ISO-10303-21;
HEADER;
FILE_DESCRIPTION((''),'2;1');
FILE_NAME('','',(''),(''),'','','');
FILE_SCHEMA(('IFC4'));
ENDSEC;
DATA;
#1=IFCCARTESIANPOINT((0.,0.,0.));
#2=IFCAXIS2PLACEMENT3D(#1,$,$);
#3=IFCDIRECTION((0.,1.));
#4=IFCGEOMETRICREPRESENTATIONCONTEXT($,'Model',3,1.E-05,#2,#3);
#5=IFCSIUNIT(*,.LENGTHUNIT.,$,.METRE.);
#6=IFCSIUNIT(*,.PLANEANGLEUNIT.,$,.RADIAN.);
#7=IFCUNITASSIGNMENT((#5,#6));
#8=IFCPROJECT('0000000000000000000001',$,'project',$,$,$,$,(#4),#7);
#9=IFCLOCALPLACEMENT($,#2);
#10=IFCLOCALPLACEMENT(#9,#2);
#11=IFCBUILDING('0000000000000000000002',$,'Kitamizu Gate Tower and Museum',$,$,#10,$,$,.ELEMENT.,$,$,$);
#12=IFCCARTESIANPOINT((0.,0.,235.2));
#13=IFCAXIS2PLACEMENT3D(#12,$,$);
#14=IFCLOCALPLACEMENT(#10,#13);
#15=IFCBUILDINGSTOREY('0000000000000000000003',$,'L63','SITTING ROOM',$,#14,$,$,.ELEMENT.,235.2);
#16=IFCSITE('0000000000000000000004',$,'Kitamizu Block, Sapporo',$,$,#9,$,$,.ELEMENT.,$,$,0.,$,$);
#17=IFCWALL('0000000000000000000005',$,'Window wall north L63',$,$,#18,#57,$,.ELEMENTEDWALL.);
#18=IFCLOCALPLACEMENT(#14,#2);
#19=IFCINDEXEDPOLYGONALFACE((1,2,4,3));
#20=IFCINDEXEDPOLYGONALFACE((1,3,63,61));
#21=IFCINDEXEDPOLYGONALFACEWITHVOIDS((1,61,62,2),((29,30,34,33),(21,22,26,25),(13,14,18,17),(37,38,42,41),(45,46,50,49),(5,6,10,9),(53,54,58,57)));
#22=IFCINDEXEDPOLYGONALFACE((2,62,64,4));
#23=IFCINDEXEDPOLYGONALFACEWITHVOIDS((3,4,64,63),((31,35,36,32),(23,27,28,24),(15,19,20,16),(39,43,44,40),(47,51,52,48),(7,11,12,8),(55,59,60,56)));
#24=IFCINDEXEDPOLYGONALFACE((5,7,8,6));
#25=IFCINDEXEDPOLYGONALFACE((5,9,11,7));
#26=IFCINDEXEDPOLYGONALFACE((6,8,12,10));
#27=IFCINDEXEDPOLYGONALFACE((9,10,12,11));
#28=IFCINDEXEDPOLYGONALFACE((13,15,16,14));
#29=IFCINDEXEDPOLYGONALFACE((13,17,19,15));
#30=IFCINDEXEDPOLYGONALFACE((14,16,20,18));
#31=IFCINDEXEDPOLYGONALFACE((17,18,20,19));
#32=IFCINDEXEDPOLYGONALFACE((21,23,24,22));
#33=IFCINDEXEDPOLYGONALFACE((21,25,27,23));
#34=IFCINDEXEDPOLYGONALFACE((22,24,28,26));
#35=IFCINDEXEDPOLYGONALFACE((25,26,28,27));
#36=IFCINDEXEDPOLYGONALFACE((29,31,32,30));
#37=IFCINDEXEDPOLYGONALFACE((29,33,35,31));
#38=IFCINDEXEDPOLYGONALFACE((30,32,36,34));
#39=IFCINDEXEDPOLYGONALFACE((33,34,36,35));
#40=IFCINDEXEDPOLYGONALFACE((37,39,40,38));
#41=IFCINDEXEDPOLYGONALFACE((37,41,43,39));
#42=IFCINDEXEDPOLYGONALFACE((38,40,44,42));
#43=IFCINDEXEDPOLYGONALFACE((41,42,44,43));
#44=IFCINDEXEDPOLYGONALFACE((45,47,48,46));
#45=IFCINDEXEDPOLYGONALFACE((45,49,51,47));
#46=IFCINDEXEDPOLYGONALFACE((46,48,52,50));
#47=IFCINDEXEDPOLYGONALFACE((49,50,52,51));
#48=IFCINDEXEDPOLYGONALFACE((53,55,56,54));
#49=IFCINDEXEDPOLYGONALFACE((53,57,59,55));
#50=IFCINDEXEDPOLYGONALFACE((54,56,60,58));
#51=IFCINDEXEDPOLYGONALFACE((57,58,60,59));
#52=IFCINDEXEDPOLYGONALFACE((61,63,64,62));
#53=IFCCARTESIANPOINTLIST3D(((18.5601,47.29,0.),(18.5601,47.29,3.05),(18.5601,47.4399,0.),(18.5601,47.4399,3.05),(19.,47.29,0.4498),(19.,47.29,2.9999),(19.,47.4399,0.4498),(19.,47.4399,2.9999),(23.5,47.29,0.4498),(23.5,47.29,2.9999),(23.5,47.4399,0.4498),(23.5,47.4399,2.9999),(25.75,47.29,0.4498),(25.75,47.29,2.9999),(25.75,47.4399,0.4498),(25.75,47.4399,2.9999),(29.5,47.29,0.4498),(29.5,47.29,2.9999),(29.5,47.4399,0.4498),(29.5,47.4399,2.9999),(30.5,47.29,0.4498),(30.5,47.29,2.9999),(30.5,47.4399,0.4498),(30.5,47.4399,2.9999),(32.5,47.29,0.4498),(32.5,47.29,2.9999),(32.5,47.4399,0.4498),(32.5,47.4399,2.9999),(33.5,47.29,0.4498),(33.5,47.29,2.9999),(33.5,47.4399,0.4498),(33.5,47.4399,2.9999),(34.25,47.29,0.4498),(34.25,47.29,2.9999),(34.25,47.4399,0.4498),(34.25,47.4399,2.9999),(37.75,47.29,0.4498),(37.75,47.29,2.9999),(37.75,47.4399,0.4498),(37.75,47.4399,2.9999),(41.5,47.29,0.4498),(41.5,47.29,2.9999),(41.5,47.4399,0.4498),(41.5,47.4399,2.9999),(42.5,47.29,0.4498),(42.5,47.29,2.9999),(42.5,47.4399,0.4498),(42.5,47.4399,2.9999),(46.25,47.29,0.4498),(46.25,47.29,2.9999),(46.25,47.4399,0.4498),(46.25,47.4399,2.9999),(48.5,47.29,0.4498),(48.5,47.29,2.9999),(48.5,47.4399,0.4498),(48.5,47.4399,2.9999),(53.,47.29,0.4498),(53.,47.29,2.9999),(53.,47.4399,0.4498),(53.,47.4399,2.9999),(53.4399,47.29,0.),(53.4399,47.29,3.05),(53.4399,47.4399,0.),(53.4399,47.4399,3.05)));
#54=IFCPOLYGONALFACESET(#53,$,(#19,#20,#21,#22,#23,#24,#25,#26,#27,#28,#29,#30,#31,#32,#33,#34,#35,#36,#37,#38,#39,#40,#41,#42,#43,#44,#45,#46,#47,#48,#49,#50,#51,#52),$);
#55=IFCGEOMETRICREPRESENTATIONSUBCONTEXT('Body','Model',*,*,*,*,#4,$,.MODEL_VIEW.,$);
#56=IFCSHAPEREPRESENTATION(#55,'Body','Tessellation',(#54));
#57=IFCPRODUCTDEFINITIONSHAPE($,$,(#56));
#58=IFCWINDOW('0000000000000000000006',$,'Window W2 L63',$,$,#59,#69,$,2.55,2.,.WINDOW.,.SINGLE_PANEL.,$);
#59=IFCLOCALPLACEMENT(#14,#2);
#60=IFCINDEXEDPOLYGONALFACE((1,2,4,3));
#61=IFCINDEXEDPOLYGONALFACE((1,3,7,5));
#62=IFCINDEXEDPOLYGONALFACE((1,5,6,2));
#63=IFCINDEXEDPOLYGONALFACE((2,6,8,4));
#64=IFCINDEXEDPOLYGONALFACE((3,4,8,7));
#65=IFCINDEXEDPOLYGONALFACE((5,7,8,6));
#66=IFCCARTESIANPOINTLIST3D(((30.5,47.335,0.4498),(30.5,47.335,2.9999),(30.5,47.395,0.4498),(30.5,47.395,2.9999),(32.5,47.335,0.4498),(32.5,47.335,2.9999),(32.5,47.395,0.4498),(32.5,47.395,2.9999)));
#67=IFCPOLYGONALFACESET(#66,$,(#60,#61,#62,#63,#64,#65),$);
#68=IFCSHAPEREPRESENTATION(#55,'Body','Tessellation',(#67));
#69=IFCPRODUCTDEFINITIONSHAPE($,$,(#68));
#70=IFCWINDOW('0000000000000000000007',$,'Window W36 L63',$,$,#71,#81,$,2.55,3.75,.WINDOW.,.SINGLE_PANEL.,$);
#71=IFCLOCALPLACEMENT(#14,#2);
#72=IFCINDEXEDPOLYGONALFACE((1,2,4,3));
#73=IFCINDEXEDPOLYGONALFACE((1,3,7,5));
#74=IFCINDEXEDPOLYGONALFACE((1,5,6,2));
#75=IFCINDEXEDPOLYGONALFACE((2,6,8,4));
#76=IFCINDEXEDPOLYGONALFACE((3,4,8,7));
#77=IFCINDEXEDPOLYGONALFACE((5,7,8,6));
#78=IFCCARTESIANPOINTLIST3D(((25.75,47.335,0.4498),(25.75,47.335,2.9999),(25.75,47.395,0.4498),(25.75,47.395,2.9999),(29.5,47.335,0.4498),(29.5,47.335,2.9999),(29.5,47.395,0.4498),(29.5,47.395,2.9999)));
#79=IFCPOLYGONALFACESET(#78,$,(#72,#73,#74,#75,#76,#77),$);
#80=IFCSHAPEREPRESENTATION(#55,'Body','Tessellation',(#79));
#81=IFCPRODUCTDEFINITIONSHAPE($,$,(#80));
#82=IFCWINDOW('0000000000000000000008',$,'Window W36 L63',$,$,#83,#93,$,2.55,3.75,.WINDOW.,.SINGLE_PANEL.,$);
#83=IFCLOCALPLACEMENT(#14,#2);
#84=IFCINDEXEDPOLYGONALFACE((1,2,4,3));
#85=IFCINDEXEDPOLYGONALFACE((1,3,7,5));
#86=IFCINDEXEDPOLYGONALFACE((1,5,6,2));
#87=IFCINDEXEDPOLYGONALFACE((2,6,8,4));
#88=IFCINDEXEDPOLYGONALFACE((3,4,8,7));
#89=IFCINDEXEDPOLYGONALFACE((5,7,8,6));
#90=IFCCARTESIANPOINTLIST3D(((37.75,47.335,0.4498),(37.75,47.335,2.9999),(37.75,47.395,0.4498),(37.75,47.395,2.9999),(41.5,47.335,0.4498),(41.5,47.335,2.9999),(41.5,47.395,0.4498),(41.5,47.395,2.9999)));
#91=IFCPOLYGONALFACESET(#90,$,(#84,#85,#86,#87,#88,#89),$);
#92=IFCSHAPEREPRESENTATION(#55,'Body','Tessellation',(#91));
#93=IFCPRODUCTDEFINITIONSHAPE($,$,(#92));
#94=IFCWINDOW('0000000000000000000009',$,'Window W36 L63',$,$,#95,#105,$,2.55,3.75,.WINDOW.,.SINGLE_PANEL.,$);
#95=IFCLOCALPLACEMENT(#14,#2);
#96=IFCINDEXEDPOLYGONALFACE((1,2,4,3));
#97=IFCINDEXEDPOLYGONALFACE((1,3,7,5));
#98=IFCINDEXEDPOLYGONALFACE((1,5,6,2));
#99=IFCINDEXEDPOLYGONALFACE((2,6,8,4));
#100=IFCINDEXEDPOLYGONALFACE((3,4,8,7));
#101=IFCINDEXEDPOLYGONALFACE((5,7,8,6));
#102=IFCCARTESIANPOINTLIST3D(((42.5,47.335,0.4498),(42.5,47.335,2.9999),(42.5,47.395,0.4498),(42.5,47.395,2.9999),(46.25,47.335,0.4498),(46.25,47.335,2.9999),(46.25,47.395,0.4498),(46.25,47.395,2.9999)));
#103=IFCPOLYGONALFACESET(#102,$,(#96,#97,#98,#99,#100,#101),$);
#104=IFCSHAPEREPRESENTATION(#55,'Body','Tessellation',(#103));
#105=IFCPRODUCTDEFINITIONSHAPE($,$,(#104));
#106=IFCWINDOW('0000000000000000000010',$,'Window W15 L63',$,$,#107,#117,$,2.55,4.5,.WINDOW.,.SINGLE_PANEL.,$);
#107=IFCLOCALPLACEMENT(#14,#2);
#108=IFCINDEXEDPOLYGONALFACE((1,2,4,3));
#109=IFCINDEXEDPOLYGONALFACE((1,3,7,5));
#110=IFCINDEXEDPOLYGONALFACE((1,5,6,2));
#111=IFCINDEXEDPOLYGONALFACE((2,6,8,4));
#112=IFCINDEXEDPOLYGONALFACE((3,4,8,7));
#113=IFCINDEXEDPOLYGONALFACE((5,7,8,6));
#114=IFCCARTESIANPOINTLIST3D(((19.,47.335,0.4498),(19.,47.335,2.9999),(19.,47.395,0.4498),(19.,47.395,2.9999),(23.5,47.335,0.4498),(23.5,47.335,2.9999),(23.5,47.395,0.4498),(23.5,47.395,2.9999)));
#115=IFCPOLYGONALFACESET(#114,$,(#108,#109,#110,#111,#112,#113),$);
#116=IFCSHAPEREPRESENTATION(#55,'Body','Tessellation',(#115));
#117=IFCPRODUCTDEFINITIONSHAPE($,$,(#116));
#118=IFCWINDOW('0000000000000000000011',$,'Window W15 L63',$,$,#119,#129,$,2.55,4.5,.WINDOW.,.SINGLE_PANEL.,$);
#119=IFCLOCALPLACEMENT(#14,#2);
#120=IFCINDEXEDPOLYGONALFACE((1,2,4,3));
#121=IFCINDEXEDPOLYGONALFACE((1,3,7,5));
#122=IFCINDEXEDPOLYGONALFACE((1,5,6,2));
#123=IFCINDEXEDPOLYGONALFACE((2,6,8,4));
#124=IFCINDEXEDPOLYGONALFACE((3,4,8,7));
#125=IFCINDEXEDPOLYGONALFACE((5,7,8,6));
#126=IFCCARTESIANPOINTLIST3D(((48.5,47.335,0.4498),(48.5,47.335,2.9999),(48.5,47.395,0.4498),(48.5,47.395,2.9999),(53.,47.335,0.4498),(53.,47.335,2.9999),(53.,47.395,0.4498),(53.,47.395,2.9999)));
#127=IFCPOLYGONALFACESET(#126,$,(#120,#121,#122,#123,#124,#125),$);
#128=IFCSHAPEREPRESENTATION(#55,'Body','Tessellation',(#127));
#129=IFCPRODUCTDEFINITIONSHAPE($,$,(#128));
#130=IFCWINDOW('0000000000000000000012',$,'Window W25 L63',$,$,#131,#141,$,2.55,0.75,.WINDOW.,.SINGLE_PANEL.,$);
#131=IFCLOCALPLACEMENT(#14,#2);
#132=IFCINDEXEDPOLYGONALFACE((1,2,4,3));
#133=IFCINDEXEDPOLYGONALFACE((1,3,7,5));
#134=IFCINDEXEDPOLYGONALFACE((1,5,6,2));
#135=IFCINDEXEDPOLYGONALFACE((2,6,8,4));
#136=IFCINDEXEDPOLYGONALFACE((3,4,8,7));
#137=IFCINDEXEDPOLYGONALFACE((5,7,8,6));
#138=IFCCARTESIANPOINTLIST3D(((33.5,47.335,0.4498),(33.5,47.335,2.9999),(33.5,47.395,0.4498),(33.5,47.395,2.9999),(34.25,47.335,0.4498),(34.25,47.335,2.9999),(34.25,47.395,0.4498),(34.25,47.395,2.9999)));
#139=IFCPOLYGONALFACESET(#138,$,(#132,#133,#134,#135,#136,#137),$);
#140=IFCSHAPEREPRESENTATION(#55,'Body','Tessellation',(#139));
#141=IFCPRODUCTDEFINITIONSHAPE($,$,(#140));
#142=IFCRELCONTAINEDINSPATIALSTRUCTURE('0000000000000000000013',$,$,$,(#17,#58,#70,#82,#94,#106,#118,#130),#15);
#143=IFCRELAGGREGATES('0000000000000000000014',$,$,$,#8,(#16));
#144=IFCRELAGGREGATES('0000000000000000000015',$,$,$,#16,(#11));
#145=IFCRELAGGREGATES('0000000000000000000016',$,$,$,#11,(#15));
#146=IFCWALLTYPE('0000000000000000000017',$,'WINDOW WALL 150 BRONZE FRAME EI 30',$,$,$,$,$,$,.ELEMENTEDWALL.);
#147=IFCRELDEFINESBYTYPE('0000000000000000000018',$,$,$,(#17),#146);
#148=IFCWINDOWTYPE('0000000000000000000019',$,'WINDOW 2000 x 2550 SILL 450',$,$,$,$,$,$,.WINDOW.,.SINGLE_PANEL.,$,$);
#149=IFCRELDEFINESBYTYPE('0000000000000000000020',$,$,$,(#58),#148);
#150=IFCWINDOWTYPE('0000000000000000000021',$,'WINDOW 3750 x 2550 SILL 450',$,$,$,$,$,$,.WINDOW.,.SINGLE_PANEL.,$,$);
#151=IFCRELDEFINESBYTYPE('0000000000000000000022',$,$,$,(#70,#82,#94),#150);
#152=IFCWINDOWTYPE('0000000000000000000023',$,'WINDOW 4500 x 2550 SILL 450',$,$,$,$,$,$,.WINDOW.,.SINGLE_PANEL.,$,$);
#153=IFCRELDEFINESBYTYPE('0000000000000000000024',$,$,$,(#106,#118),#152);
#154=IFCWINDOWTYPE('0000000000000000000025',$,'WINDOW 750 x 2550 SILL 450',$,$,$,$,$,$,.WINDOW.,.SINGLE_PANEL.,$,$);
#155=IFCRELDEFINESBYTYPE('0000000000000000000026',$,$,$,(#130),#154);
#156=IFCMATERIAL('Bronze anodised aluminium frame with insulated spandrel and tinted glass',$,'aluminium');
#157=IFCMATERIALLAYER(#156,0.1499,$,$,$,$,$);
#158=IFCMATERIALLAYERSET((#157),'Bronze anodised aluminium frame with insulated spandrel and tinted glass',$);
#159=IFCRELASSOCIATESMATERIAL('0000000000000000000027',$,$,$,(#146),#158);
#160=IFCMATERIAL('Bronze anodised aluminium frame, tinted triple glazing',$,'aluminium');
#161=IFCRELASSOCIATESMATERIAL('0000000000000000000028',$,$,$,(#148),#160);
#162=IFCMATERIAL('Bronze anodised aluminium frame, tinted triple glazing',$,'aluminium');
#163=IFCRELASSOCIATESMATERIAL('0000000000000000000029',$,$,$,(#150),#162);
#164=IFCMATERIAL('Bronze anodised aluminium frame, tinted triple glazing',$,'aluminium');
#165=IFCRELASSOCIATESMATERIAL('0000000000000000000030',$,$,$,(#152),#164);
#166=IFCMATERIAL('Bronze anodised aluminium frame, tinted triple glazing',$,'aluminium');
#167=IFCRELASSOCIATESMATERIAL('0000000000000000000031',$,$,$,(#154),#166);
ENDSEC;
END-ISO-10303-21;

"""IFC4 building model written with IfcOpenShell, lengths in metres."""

from ifc_helpers import new_model, si_unit, direction, frame, frame_2d, origin, place, context, subcontext, project, spatial, rectangle, extrude, material, layer, layer_set, type_object, element, fill, save


model = new_model("IFC4")

# Units and contexts
model_context = context("Model", 3, precision=1e-05, world=origin(), true_north=direction((0.0, 1.0)))
body_context = subcontext(model_context, "Body", "Model", "MODEL_VIEW")
ifc_project = project(units=[si_unit("LENGTHUNIT", "METRE"), si_unit("PLANEANGLEUNIT", "RADIAN")], contexts=[model_context])

# Site, building, storey
site_placement = place(None, origin())
site = spatial("IfcSite", under=ifc_project, at=site_placement, Name="Kitamizu Block, Sapporo", CompositionType="ELEMENT", RefElevation=0.0)
building_placement = place(site_placement, origin())
building = spatial("IfcBuilding", under=site, at=building_placement, Name="Kitamizu Gate Tower and Museum", CompositionType="ELEMENT")
storey_placement = place(building_placement, frame((0.0, 0.0, 235.2)))
storey = spatial("IfcBuildingStorey", under=building, at=storey_placement, Name="L63", Description="SITTING ROOM", CompositionType="ELEMENT", Elevation=235.2)

# Wall, openings, windows
ifc_material_1 = material(Name="Bronze anodised aluminium frame with insulated spandrel and tinted glass", Category="aluminium")
ifc_layer_1 = layer(ifc_material_1, 0.1499)
ifc_layer_set_1 = layer_set([ifc_layer_1], Name="Bronze anodised aluminium frame with insulated spandrel and tinted glass")
wall_type_1 = type_object("IfcWallType", Name="WINDOW WALL 150 BRONZE FRAME EI 30", PredefinedType="ELEMENTEDWALL", material=ifc_layer_set_1)
wall_1_placement = place(storey_placement, frame((18.5601, 47.365, 0.0), z_axis=(0.0, 0.0, 1.0), x_axis=(1.0, 0.0, 0.0)))
wall_1 = element("IfcWall", 1, at=wall_1_placement, inside=storey, type_object=wall_type_1, Name="Window wall north L63", PredefinedType="ELEMENTEDWALL", context=body_context, shape_type="SweptSolid", body=[
    extrude(rectangle(XDim=34.8799, YDim=0.1499, at=frame_2d((17.4399, 0.0))), origin(), (0.0, 0.0, 1.0), 3.05),
])
opening_1_placement = place(wall_1_placement, frame((0.4399, 0.0, 0.45)))
opening_1 = element("IfcOpeningElement", 2, at=opening_1_placement, cuts=wall_1, PredefinedType="OPENING", context=body_context, shape_type="SweptSolid", body=[
    extrude(rectangle(XDim=4.5, YDim=2.55, at=frame_2d((2.25, 1.2749))), frame((0.0, 0.085, 0.0), z_axis=(0.0, -1.0, 0.0), x_axis=(1.0, 0.0, 0.0)), (0.0, 0.0, 1.0), 0.1699),
])
opening_2_placement = place(wall_1_placement, frame((7.1899, 0.0, 0.45)))
opening_2 = element("IfcOpeningElement", 3, at=opening_2_placement, cuts=wall_1, PredefinedType="OPENING", context=body_context, shape_type="SweptSolid", body=[
    extrude(rectangle(XDim=3.75, YDim=2.55, at=frame_2d((1.875, 1.2749))), frame((0.0, 0.085, 0.0), z_axis=(0.0, -1.0, 0.0), x_axis=(1.0, 0.0, 0.0)), (0.0, 0.0, 1.0), 0.1699),
])
opening_3_placement = place(wall_1_placement, frame((11.9399, 0.0, 0.45)))
opening_3 = element("IfcOpeningElement", 4, at=opening_3_placement, cuts=wall_1, PredefinedType="OPENING", context=body_context, shape_type="SweptSolid", body=[
    extrude(rectangle(XDim=2.0, YDim=2.55, at=frame_2d((1.0, 1.2749))), frame((0.0, 0.085, 0.0), z_axis=(0.0, -1.0, 0.0), x_axis=(1.0, 0.0, 0.0)), (0.0, 0.0, 1.0), 0.1699),
])
opening_4_placement = place(wall_1_placement, frame((14.9399, 0.0, 0.45)))
opening_4 = element("IfcOpeningElement", 5, at=opening_4_placement, cuts=wall_1, PredefinedType="OPENING", context=body_context, shape_type="SweptSolid", body=[
    extrude(rectangle(XDim=0.75, YDim=2.55, at=frame_2d((0.375, 1.2749))), frame((0.0, 0.085, 0.0), z_axis=(0.0, -1.0, 0.0), x_axis=(1.0, 0.0, 0.0)), (0.0, 0.0, 1.0), 0.1699),
])
opening_5_placement = place(wall_1_placement, frame((19.1899, 0.0, 0.45)))
opening_5 = element("IfcOpeningElement", 6, at=opening_5_placement, cuts=wall_1, PredefinedType="OPENING", context=body_context, shape_type="SweptSolid", body=[
    extrude(rectangle(XDim=3.75, YDim=2.55, at=frame_2d((1.875, 1.2749))), frame((0.0, 0.085, 0.0), z_axis=(0.0, -1.0, 0.0), x_axis=(1.0, 0.0, 0.0)), (0.0, 0.0, 1.0), 0.1699),
])
opening_6_placement = place(wall_1_placement, frame((23.9399, 0.0, 0.45)))
opening_6 = element("IfcOpeningElement", 7, at=opening_6_placement, cuts=wall_1, PredefinedType="OPENING", context=body_context, shape_type="SweptSolid", body=[
    extrude(rectangle(XDim=3.75, YDim=2.55, at=frame_2d((1.875, 1.2749))), frame((0.0, 0.085, 0.0), z_axis=(0.0, -1.0, 0.0), x_axis=(1.0, 0.0, 0.0)), (0.0, 0.0, 1.0), 0.1699),
])
opening_7_placement = place(wall_1_placement, frame((29.9399, 0.0, 0.45)))
opening_7 = element("IfcOpeningElement", 8, at=opening_7_placement, cuts=wall_1, PredefinedType="OPENING", context=body_context, shape_type="SweptSolid", body=[
    extrude(rectangle(XDim=4.5, YDim=2.55, at=frame_2d((2.25, 1.2749))), frame((0.0, 0.085, 0.0), z_axis=(0.0, -1.0, 0.0), x_axis=(1.0, 0.0, 0.0)), (0.0, 0.0, 1.0), 0.1699),
])
ifc_material_2 = material(Name="Bronze anodised aluminium frame, tinted triple glazing", Category="aluminium")
window_type_1 = type_object("IfcWindowType", Name="WINDOW 2000 x 2550 SILL 450", PartitioningType="SINGLE_PANEL", PredefinedType="WINDOW", material=ifc_material_2)
window_1_placement = place(opening_3_placement, origin())
window_1 = element("IfcWindow", 9, at=window_1_placement, inside=storey, type_object=window_type_1, Name="Window W2 L63", OverallHeight=2.55, OverallWidth=2.0, PartitioningType="SINGLE_PANEL", PredefinedType="WINDOW", context=body_context, shape_type="SweptSolid", body=[
    extrude(rectangle(XDim=2.0, YDim=2.55, at=frame_2d((1.0, 1.2749))), frame((0.0, 0.03, 0.0), z_axis=(0.0, -1.0, 0.0), x_axis=(1.0, 0.0, 0.0)), (0.0, 0.0, 1.0), 0.0601),
])
fill(opening_3, window_1)
ifc_material_3 = material(Name="Bronze anodised aluminium frame, tinted triple glazing", Category="aluminium")
window_type_2 = type_object("IfcWindowType", Name="WINDOW 3750 x 2550 SILL 450", PartitioningType="SINGLE_PANEL", PredefinedType="WINDOW", material=ifc_material_3)
window_2_placement = place(opening_2_placement, origin())
window_2 = element("IfcWindow", 10, at=window_2_placement, inside=storey, type_object=window_type_2, Name="Window W36 L63", OverallHeight=2.55, OverallWidth=3.75, PartitioningType="SINGLE_PANEL", PredefinedType="WINDOW", context=body_context, shape_type="SweptSolid", body=[
    extrude(rectangle(XDim=3.75, YDim=2.55, at=frame_2d((1.875, 1.2749))), frame((0.0, 0.03, 0.0), z_axis=(0.0, -1.0, 0.0), x_axis=(1.0, 0.0, 0.0)), (0.0, 0.0, 1.0), 0.0601),
])
fill(opening_2, window_2)
window_3_placement = place(opening_5_placement, origin())
window_3 = element("IfcWindow", 11, at=window_3_placement, inside=storey, type_object=window_type_2, Name="Window W36 L63", OverallHeight=2.55, OverallWidth=3.75, PartitioningType="SINGLE_PANEL", PredefinedType="WINDOW", context=body_context, shape_type="SweptSolid", body=[
    extrude(rectangle(XDim=3.75, YDim=2.55, at=frame_2d((1.875, 1.2749))), frame((0.0, 0.03, 0.0), z_axis=(0.0, -1.0, 0.0), x_axis=(1.0, 0.0, 0.0)), (0.0, 0.0, 1.0), 0.0601),
])
fill(opening_5, window_3)
window_4_placement = place(opening_6_placement, origin())
window_4 = element("IfcWindow", 12, at=window_4_placement, inside=storey, type_object=window_type_2, Name="Window W36 L63", OverallHeight=2.55, OverallWidth=3.75, PartitioningType="SINGLE_PANEL", PredefinedType="WINDOW", context=body_context, shape_type="SweptSolid", body=[
    extrude(rectangle(XDim=3.75, YDim=2.55, at=frame_2d((1.875, 1.2749))), frame((0.0, 0.03, 0.0), z_axis=(0.0, -1.0, 0.0), x_axis=(1.0, 0.0, 0.0)), (0.0, 0.0, 1.0), 0.0601),
])
fill(opening_6, window_4)
ifc_material_4 = material(Name="Bronze anodised aluminium frame, tinted triple glazing", Category="aluminium")
window_type_3 = type_object("IfcWindowType", Name="WINDOW 4500 x 2550 SILL 450", PartitioningType="SINGLE_PANEL", PredefinedType="WINDOW", material=ifc_material_4)
window_5_placement = place(opening_1_placement, origin())
window_5 = element("IfcWindow", 13, at=window_5_placement, inside=storey, type_object=window_type_3, Name="Window W15 L63", OverallHeight=2.55, OverallWidth=4.5, PartitioningType="SINGLE_PANEL", PredefinedType="WINDOW", context=body_context, shape_type="SweptSolid", body=[
    extrude(rectangle(XDim=4.5, YDim=2.55, at=frame_2d((2.25, 1.2749))), frame((0.0, 0.03, 0.0), z_axis=(0.0, -1.0, 0.0), x_axis=(1.0, 0.0, 0.0)), (0.0, 0.0, 1.0), 0.0601),
])
fill(opening_1, window_5)
window_6_placement = place(opening_7_placement, origin())
window_6 = element("IfcWindow", 14, at=window_6_placement, inside=storey, type_object=window_type_3, Name="Window W15 L63", OverallHeight=2.55, OverallWidth=4.5, PartitioningType="SINGLE_PANEL", PredefinedType="WINDOW", context=body_context, shape_type="SweptSolid", body=[
    extrude(rectangle(XDim=4.5, YDim=2.55, at=frame_2d((2.25, 1.2749))), frame((0.0, 0.03, 0.0), z_axis=(0.0, -1.0, 0.0), x_axis=(1.0, 0.0, 0.0)), (0.0, 0.0, 1.0), 0.0601),
])
fill(opening_7, window_6)
ifc_material_5 = material(Name="Bronze anodised aluminium frame, tinted triple glazing", Category="aluminium")
window_type_4 = type_object("IfcWindowType", Name="WINDOW 750 x 2550 SILL 450", PartitioningType="SINGLE_PANEL", PredefinedType="WINDOW", material=ifc_material_5)
window_7_placement = place(opening_4_placement, origin())
window_7 = element("IfcWindow", 15, at=window_7_placement, inside=storey, type_object=window_type_4, Name="Window W25 L63", OverallHeight=2.55, OverallWidth=0.75, PartitioningType="SINGLE_PANEL", PredefinedType="WINDOW", context=body_context, shape_type="SweptSolid", body=[
    extrude(rectangle(XDim=0.75, YDim=2.55, at=frame_2d((0.375, 1.2749))), frame((0.0, 0.03, 0.0), z_axis=(0.0, -1.0, 0.0), x_axis=(1.0, 0.0, 0.0)), (0.0, 0.0, 1.0), 0.0601),
])
fill(opening_4, window_7)

save(model, "model.ifc")
